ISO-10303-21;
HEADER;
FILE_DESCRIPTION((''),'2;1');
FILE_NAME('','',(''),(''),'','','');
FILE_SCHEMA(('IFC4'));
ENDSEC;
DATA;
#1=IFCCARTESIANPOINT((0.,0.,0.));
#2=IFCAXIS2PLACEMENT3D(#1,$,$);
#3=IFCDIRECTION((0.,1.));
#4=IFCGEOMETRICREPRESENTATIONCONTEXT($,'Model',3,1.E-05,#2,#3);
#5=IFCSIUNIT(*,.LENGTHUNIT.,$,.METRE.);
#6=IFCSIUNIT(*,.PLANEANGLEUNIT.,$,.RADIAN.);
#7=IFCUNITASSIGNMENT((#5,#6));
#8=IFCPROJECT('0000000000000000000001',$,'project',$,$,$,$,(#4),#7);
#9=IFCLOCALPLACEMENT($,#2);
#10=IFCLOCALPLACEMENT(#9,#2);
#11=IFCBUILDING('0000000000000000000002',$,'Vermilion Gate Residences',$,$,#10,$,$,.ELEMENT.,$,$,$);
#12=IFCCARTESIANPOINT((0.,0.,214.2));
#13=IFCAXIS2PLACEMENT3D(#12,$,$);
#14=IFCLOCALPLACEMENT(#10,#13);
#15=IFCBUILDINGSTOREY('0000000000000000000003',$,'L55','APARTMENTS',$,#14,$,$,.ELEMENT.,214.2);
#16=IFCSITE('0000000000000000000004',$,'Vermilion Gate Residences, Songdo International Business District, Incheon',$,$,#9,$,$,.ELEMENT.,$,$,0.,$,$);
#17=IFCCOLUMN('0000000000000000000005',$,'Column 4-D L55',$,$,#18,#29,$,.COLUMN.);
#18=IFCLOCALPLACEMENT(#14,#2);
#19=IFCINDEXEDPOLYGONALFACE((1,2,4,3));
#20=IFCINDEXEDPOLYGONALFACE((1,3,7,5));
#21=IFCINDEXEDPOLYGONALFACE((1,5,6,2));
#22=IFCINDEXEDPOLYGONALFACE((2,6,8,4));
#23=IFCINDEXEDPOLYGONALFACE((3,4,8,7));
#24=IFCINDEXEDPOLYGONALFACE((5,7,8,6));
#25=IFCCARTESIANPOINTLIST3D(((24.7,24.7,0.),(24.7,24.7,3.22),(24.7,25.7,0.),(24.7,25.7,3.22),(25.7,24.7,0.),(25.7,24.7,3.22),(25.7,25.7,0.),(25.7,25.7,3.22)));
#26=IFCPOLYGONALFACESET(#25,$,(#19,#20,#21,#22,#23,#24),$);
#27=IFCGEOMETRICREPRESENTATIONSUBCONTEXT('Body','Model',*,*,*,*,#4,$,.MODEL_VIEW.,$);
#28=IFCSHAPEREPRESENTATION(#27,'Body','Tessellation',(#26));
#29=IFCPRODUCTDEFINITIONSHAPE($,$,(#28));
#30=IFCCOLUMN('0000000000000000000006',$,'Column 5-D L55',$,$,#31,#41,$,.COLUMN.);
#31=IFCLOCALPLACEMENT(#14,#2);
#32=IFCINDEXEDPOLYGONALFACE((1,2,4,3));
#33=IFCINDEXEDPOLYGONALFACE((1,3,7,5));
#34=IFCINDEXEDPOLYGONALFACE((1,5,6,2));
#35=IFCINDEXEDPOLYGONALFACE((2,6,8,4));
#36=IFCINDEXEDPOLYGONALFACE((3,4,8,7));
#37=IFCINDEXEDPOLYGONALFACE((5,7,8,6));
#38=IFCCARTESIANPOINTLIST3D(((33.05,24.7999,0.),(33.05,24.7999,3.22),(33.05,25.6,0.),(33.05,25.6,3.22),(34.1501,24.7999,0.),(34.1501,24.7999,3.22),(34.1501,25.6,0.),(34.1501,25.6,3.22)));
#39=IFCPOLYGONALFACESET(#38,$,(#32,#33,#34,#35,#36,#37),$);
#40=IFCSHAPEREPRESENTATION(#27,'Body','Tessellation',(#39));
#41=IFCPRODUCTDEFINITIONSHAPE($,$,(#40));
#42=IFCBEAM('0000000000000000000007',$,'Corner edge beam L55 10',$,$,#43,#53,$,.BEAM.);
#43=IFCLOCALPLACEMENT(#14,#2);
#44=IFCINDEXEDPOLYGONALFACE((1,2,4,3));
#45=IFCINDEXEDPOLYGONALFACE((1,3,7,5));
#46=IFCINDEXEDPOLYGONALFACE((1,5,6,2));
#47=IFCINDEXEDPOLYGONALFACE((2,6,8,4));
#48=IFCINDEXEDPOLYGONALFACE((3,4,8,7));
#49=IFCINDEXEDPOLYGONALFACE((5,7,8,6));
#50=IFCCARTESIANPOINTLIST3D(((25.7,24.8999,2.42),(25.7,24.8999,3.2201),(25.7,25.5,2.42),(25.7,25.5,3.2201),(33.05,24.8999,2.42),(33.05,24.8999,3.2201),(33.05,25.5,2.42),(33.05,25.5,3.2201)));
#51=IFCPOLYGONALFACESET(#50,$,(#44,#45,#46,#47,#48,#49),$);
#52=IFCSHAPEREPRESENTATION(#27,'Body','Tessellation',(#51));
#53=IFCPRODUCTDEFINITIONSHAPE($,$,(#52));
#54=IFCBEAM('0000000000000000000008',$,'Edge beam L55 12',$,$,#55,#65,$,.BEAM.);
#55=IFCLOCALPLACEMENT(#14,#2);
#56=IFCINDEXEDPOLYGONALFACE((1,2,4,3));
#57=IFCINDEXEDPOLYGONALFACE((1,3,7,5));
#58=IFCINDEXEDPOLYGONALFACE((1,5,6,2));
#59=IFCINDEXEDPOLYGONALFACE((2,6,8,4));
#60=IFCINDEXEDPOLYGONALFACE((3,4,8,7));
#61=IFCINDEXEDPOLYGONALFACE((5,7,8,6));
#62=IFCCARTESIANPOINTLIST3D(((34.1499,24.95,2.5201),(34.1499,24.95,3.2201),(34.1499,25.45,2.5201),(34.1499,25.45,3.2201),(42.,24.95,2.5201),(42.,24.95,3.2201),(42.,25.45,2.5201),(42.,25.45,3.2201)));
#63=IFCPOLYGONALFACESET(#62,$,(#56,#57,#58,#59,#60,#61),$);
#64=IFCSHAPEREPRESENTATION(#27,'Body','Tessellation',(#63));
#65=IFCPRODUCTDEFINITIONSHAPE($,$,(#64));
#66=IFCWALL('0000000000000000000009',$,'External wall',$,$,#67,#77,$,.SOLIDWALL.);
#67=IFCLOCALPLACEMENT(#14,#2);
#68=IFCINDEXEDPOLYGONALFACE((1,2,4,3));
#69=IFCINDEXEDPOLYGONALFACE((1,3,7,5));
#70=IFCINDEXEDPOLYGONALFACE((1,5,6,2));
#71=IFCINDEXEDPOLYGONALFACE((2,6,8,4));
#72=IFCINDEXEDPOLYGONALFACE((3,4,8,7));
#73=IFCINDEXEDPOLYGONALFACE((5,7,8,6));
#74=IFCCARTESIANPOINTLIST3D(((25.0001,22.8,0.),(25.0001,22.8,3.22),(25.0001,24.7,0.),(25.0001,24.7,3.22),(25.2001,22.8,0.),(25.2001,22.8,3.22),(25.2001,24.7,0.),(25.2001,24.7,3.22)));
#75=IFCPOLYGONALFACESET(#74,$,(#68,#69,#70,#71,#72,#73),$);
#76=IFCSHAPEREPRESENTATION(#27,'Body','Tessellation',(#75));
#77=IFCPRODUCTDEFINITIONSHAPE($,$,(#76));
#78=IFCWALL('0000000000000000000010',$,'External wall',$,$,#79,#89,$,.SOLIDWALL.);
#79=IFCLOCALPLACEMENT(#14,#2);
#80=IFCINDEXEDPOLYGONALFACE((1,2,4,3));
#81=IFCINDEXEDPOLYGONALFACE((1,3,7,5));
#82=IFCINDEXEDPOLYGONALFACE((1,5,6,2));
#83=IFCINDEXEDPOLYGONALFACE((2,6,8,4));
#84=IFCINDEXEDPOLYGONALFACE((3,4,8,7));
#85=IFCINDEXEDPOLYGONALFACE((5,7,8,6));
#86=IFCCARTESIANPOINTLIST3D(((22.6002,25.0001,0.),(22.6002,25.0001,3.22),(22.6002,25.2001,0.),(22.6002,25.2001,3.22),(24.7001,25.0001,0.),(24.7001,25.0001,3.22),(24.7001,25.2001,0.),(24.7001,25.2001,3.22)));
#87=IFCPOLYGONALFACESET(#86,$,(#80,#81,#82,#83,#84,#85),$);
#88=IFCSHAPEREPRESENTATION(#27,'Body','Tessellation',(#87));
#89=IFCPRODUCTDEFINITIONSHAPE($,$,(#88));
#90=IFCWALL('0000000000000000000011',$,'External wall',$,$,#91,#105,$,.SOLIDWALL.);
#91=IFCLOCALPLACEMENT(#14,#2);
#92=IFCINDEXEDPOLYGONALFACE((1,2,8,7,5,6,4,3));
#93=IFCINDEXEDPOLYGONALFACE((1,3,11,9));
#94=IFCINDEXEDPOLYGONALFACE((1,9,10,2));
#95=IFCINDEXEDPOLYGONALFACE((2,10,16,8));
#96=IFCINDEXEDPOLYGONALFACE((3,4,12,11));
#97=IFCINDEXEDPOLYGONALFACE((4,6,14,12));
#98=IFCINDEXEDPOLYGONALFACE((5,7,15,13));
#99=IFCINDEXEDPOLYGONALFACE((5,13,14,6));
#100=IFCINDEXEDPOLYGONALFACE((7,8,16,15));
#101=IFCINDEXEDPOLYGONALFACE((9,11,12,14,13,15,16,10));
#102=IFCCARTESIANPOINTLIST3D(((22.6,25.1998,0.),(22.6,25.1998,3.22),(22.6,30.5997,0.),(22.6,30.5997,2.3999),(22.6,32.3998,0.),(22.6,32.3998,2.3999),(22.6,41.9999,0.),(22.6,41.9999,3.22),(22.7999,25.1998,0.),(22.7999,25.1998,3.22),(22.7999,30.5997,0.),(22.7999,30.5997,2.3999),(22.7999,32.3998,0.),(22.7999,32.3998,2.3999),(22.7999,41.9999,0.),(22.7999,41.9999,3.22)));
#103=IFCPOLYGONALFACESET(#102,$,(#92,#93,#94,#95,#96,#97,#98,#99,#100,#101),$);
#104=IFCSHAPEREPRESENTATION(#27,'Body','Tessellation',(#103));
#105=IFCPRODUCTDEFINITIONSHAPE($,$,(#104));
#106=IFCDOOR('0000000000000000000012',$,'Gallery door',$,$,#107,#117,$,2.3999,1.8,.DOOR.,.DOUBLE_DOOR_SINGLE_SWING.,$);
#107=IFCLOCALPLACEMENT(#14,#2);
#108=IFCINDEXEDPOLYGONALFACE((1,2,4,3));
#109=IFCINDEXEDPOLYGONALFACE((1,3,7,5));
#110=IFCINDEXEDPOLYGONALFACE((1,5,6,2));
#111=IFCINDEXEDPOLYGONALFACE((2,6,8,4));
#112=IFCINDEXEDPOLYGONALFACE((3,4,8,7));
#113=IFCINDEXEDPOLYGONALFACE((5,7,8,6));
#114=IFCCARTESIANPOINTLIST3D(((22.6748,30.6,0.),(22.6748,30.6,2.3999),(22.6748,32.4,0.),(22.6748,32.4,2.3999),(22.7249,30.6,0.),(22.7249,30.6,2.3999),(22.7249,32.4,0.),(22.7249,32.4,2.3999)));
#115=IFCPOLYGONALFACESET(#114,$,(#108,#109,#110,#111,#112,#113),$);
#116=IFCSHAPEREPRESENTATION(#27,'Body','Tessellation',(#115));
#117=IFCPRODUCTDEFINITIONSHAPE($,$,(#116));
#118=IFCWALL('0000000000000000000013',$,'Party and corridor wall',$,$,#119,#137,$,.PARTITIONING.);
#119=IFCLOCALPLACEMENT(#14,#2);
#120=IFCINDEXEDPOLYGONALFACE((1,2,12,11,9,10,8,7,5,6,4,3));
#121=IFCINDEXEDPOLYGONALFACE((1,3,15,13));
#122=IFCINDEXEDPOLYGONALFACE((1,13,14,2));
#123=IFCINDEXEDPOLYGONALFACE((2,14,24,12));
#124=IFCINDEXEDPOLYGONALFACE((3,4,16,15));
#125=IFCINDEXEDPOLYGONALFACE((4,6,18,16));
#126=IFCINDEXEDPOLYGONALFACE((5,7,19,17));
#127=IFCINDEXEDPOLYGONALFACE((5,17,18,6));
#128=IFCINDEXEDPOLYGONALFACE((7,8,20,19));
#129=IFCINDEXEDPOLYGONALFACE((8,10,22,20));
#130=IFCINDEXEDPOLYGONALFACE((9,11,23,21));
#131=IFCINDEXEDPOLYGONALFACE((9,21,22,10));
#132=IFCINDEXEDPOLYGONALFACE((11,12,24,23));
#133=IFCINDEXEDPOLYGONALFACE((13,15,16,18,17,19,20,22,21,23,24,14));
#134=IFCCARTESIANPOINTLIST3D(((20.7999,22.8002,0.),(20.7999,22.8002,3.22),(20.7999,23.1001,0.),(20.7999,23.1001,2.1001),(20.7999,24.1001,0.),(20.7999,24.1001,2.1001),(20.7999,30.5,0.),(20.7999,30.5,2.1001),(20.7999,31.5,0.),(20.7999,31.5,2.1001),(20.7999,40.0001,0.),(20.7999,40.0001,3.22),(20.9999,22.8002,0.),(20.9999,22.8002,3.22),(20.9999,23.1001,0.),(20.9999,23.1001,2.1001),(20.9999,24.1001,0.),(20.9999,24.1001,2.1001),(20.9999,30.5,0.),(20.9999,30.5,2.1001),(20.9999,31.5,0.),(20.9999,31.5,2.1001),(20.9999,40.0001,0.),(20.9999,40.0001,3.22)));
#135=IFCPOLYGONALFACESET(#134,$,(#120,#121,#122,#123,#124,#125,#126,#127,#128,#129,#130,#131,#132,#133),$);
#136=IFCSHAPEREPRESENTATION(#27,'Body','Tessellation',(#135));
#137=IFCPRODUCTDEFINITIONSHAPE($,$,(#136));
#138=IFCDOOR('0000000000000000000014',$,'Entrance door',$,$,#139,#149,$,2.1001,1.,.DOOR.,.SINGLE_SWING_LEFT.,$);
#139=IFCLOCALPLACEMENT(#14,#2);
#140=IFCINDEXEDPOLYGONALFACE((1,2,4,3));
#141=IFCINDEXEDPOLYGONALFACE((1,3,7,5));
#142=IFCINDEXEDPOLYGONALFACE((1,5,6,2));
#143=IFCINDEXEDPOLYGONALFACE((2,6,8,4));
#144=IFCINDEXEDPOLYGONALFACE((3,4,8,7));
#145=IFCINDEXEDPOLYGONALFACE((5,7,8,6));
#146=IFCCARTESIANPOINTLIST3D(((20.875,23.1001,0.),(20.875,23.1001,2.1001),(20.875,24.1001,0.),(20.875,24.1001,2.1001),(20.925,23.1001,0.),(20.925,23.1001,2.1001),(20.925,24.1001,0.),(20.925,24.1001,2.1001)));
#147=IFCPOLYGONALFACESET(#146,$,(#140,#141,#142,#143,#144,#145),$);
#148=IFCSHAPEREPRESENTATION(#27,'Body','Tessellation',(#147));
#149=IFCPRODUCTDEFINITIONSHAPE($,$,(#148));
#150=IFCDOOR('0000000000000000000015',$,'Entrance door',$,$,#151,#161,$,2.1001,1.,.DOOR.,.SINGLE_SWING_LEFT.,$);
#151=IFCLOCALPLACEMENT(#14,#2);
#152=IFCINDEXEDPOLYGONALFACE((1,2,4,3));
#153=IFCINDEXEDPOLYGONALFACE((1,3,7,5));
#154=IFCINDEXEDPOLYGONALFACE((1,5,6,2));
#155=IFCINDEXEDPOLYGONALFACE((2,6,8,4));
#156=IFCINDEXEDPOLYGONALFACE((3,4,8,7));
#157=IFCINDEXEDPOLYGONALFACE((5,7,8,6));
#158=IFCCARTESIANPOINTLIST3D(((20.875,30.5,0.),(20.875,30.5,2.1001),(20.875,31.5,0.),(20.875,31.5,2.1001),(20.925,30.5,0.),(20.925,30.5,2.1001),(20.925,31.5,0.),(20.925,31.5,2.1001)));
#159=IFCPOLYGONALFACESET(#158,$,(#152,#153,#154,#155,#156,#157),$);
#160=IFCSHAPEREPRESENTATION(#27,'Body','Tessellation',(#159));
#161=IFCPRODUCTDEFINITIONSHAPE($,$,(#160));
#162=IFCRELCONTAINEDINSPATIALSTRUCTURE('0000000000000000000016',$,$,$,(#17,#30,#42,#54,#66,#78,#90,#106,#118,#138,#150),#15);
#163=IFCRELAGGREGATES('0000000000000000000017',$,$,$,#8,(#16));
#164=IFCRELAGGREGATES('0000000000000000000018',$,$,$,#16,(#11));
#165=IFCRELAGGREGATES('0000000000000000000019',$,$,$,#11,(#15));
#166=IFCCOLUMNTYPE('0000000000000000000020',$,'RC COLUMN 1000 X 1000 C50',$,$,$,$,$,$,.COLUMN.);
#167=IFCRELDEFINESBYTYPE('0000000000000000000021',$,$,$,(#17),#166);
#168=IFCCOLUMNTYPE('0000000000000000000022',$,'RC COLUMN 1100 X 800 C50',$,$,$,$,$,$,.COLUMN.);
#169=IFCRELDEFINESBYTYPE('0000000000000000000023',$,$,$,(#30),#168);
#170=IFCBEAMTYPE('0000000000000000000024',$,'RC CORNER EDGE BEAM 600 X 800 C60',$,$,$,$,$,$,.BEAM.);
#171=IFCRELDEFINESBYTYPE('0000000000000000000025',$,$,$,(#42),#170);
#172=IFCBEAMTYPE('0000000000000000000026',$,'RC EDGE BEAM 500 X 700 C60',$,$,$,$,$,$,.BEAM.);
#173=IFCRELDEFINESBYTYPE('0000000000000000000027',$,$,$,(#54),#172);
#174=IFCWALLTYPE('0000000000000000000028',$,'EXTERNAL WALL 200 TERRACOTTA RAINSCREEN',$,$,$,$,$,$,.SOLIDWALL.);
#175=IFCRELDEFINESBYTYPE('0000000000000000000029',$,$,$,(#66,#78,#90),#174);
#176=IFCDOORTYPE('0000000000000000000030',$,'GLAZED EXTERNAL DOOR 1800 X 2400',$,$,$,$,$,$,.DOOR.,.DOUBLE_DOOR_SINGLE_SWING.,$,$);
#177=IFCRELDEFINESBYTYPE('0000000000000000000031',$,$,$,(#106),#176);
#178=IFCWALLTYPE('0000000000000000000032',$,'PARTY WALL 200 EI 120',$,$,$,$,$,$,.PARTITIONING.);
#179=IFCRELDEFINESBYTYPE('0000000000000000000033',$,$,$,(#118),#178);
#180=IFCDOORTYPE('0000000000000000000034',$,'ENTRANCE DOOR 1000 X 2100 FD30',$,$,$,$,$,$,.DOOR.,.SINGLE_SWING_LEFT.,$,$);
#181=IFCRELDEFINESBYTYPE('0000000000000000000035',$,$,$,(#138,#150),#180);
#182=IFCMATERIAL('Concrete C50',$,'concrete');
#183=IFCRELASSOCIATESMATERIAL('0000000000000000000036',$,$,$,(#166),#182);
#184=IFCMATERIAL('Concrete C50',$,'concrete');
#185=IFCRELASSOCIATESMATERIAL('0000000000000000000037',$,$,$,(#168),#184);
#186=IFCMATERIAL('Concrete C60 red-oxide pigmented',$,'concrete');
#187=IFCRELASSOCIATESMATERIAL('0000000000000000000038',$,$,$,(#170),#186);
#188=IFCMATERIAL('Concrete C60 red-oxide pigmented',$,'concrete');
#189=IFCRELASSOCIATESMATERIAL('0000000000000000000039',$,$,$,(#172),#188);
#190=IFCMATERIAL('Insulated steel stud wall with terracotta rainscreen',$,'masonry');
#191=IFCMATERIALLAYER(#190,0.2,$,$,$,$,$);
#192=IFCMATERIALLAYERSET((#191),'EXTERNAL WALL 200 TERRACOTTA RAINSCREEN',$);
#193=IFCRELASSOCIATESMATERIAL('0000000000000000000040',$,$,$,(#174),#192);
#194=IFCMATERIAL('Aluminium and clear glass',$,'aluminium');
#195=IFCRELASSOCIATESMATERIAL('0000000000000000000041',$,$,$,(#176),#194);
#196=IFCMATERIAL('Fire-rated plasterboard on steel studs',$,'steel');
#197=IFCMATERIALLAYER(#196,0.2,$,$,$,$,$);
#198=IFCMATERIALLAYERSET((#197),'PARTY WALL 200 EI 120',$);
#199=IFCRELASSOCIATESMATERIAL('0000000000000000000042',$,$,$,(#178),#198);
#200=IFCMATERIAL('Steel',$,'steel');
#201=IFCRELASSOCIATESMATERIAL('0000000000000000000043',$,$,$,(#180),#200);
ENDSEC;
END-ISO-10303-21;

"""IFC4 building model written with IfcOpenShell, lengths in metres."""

from ifc_helpers import new_model, si_unit, direction, frame, frame_2d, origin, origin_2d, place, context, subcontext, project, spatial, rectangle, extrude, material, layer, layer_set, material_profile, profile_set, type_object, element, fill, save


model = new_model("IFC4")

# Units and contexts
model_context = context("Model", 3, precision=1e-05, world=origin(), true_north=direction((0.0, 1.0)))
body_context = subcontext(model_context, "Body", "Model", "MODEL_VIEW")
ifc_project = project(units=[si_unit("LENGTHUNIT", "METRE"), si_unit("PLANEANGLEUNIT", "RADIAN")], contexts=[model_context])

# Site, building, storey
site_placement = place(None, origin())
site = spatial("IfcSite", under=ifc_project, at=site_placement, Name="Vermilion Gate Residences, Songdo International Business District, Incheon", CompositionType="ELEMENT", RefElevation=0.0)
building_placement = place(site_placement, origin())
building = spatial("IfcBuilding", under=site, at=building_placement, Name="Vermilion Gate Residences", CompositionType="ELEMENT")
storey_placement = place(building_placement, frame((0.0, 0.0, 214.2)))
storey = spatial("IfcBuildingStorey", under=building, at=storey_placement, Name="L55", Description="APARTMENTS", CompositionType="ELEMENT", Elevation=214.2)

# Columns
ifc_material_1 = material(Name="Concrete C50", Category="concrete")
ifc_material_profile_1 = material_profile(ifc_material_1, rectangle(XDim=1.0, YDim=1.0, at=origin_2d()), Name="RC-1000x1000")
ifc_profile_set_1 = profile_set([ifc_material_profile_1], Name="Concrete C50")
column_type_1 = type_object("IfcColumnType", Name="RC COLUMN 1000 X 1000 C50", PredefinedType="COLUMN", material=ifc_profile_set_1)
column_1_placement = place(storey_placement, frame((25.2, 25.2, 0.0), z_axis=(0.0, 0.0, 1.0), x_axis=(1.0, 0.0, 0.0)))
element("IfcColumn", 1, at=column_1_placement, inside=storey, type_object=column_type_1, Name="Column 4-D L55", PredefinedType="COLUMN", context=body_context, shape_type="SweptSolid", body=[
    extrude(rectangle(XDim=1.0, YDim=1.0, at=origin_2d()), origin(), (0.0, 0.0, 1.0), 3.22),
])
ifc_material_2 = material(Name="Concrete C50", Category="concrete")
ifc_material_profile_2 = material_profile(ifc_material_2, rectangle(XDim=1.1001, YDim=0.8, at=origin_2d()), Name="RC-1100x800")
ifc_profile_set_2 = profile_set([ifc_material_profile_2], Name="Concrete C50")
column_type_2 = type_object("IfcColumnType", Name="RC COLUMN 1100 X 800 C50", PredefinedType="COLUMN", material=ifc_profile_set_2)
column_2_placement = place(storey_placement, frame((33.6001, 25.2, 0.0), z_axis=(0.0, 0.0, 1.0), x_axis=(1.0, 0.0, 0.0)))
element("IfcColumn", 2, at=column_2_placement, inside=storey, type_object=column_type_2, Name="Column 5-D L55", PredefinedType="COLUMN", context=body_context, shape_type="SweptSolid", body=[
    extrude(rectangle(XDim=1.1001, YDim=0.8, at=origin_2d()), origin(), (0.0, 0.0, 1.0), 3.22),
])

# Beams
ifc_material_3 = material(Name="Concrete C60 red-oxide pigmented", Category="concrete")
ifc_material_profile_3 = material_profile(ifc_material_3, rectangle(XDim=0.6001, YDim=0.8, at=origin_2d()), Name="RC-600x800")
ifc_profile_set_3 = profile_set([ifc_material_profile_3], Name="Concrete C60 red-oxide pigmented")
beam_type_1 = type_object("IfcBeamType", Name="RC CORNER EDGE BEAM 600 X 800 C60", PredefinedType="BEAM", material=ifc_profile_set_3)
beam_1_placement = place(storey_placement, frame((25.7, 25.2, 2.8201), z_axis=(1.0, 0.0, 0.0), x_axis=(0.0, 1.0, 0.0)))
element("IfcBeam", 3, at=beam_1_placement, inside=storey, type_object=beam_type_1, Name="Corner edge beam L55 10", PredefinedType="BEAM", context=body_context, shape_type="SweptSolid", body=[
    extrude(rectangle(XDim=0.6001, YDim=0.8, at=origin_2d()), origin(), (0.0, 0.0, 1.0), 7.3501),
])
ifc_material_4 = material(Name="Concrete C60 red-oxide pigmented", Category="concrete")
ifc_material_profile_4 = material_profile(ifc_material_4, rectangle(XDim=0.5, YDim=0.7, at=origin_2d()), Name="RC-500x700")
ifc_profile_set_4 = profile_set([ifc_material_profile_4], Name="Concrete C60 red-oxide pigmented")
beam_type_2 = type_object("IfcBeamType", Name="RC EDGE BEAM 500 X 700 C60", PredefinedType="BEAM", material=ifc_profile_set_4)
beam_2_placement = place(storey_placement, frame((34.1499, 25.2, 2.8701), z_axis=(1.0, 0.0, 0.0), x_axis=(0.0, 1.0, 0.0)))
element("IfcBeam", 4, at=beam_2_placement, inside=storey, type_object=beam_type_2, Name="Edge beam L55 12", PredefinedType="BEAM", context=body_context, shape_type="SweptSolid", body=[
    extrude(rectangle(XDim=0.5, YDim=0.7, at=origin_2d()), origin(), (0.0, 0.0, 1.0), 7.8501),
])

# Walls
ifc_material_5 = material(Name="Insulated steel stud wall with terracotta rainscreen", Category="masonry")
ifc_layer_1 = layer(ifc_material_5, 0.2)
ifc_layer_set_1 = layer_set([ifc_layer_1], Name="EXTERNAL WALL 200 TERRACOTTA RAINSCREEN")
wall_type_1 = type_object("IfcWallType", Name="EXTERNAL WALL 200 TERRACOTTA RAINSCREEN", PredefinedType="SOLIDWALL", material=ifc_layer_set_1)
wall_1_placement = place(storey_placement, frame((25.1001, 22.8, 0.0), z_axis=(0.0, 0.0, 1.0), x_axis=(0.0, 1.0, 0.0)))
element("IfcWall", 5, at=wall_1_placement, inside=storey, type_object=wall_type_1, Name="External wall", PredefinedType="SOLIDWALL", context=body_context, shape_type="SweptSolid", body=[
    extrude(rectangle(XDim=1.8999, YDim=0.2, at=frame_2d((0.95, 0.0))), origin(), (0.0, 0.0, 1.0), 3.22),
])
wall_2_placement = place(storey_placement, frame((24.7, 25.1001, 0.0), z_axis=(0.0, 0.0, 1.0), x_axis=(-1.0, 0.0, 0.0)))
element("IfcWall", 6, at=wall_2_placement, inside=storey, type_object=wall_type_1, Name="External wall", PredefinedType="SOLIDWALL", context=body_context, shape_type="SweptSolid", body=[
    extrude(rectangle(XDim=2.0999, YDim=0.2, at=frame_2d((1.0498, 0.0))), origin(), (0.0, 0.0, 1.0), 3.22),
])

# Wall, opening, door
wall_3_placement = place(storey_placement, frame((22.7, 25.2, 0.0), z_axis=(0.0, 0.0, 1.0), x_axis=(0.0, 1.0, 0.0)))
wall_3 = element("IfcWall", 7, at=wall_3_placement, inside=storey, type_object=wall_type_1, Name="External wall", PredefinedType="SOLIDWALL", context=body_context, shape_type="SweptSolid", body=[
    extrude(rectangle(XDim=16.8, YDim=0.2, at=frame_2d((8.3999, 0.0))), origin(), (0.0, 0.0, 1.0), 3.22),
])
opening_1_placement = place(wall_3_placement, frame((5.3999, 0.0, 0.0)))
opening_1 = element("IfcOpeningElement", 8, at=opening_1_placement, cuts=wall_3, PredefinedType="OPENING", context=body_context, shape_type="SweptSolid", body=[
    extrude(rectangle(XDim=1.8, YDim=2.3999, at=frame_2d((0.8999, 1.2))), frame((0.0, 0.1099, 0.0), z_axis=(0.0, -1.0, 0.0), x_axis=(1.0, 0.0, 0.0)), (0.0, 0.0, 1.0), 0.22),
])
ifc_material_6 = material(Name="Aluminium and clear glass", Category="aluminium")
door_type_1 = type_object("IfcDoorType", Name="GLAZED EXTERNAL DOOR 1800 X 2400", OperationType="DOUBLE_DOOR_SINGLE_SWING", PredefinedType="DOOR", material=ifc_material_6)
door_1_placement = place(opening_1_placement, frame((1.8, 0.0, 0.0), z_axis=(0.0, 0.0, 1.0), x_axis=(-1.0, 0.0, 0.0)))
door_1 = element("IfcDoor", 9, at=door_1_placement, inside=storey, type_object=door_type_1, Name="Gallery door", OperationType="DOUBLE_DOOR_SINGLE_SWING", OverallHeight=2.3999, OverallWidth=1.8, PredefinedType="DOOR", context=body_context, shape_type="SweptSolid", body=[
    extrude(rectangle(XDim=1.8, YDim=2.3999, at=frame_2d((0.8999, 1.2))), frame((0.0, 0.0249, 0.0), z_axis=(0.0, -1.0, 0.0), x_axis=(1.0, 0.0, 0.0)), (0.0, 0.0, 1.0), 0.05),
])
fill(opening_1, door_1)

# Wall, openings, doors
ifc_material_7 = material(Name="Fire-rated plasterboard on steel studs", Category="steel")
ifc_layer_2 = layer(ifc_material_7, 0.2)
ifc_layer_set_2 = layer_set([ifc_layer_2], Name="PARTY WALL 200 EI 120")
wall_type_2 = type_object("IfcWallType", Name="PARTY WALL 200 EI 120", PredefinedType="PARTITIONING", material=ifc_layer_set_2)
wall_4_placement = place(storey_placement, frame((20.8999, 22.8, 0.0), z_axis=(0.0, 0.0, 1.0), x_axis=(0.0, 1.0, 0.0)))
wall_4 = element("IfcWall", 10, at=wall_4_placement, inside=storey, type_object=wall_type_2, Name="Party and corridor wall", PredefinedType="PARTITIONING", context=body_context, shape_type="SweptSolid", body=[
    extrude(rectangle(XDim=17.2, YDim=0.2, at=frame_2d((8.6001, 0.0))), origin(), (0.0, 0.0, 1.0), 3.22),
])
opening_2_placement = place(wall_4_placement, frame((0.3, 0.0, 0.0)))
opening_2 = element("IfcOpeningElement", 11, at=opening_2_placement, cuts=wall_4, PredefinedType="OPENING", context=body_context, shape_type="SweptSolid", body=[
    extrude(rectangle(XDim=1.0, YDim=2.1001, at=frame_2d((0.5, 1.05))), frame((0.0, 0.1099, 0.0), z_axis=(0.0, -1.0, 0.0), x_axis=(1.0, 0.0, 0.0)), (0.0, 0.0, 1.0), 0.22),
])
opening_3_placement = place(wall_4_placement, frame((7.7, 0.0, 0.0)))
opening_3 = element("IfcOpeningElement", 12, at=opening_3_placement, cuts=wall_4, PredefinedType="OPENING", context=body_context, shape_type="SweptSolid", body=[
    extrude(rectangle(XDim=1.0, YDim=2.1001, at=frame_2d((0.5, 1.05))), frame((0.0, 0.1099, 0.0), z_axis=(0.0, -1.0, 0.0), x_axis=(1.0, 0.0, 0.0)), (0.0, 0.0, 1.0), 0.22),
])
ifc_material_8 = material(Name="Steel", Category="steel")
door_type_2 = type_object("IfcDoorType", Name="ENTRANCE DOOR 1000 X 2100 FD30", OperationType="SINGLE_SWING_LEFT", PredefinedType="DOOR", material=ifc_material_8)
door_2_placement = place(opening_2_placement, origin())
door_2 = element("IfcDoor", 13, at=door_2_placement, inside=storey, type_object=door_type_2, Name="Entrance door", OperationType="SINGLE_SWING_LEFT", OverallHeight=2.1001, OverallWidth=1.0, PredefinedType="DOOR", context=body_context, shape_type="SweptSolid", body=[
    extrude(rectangle(XDim=1.0, YDim=2.1001, at=frame_2d((0.5, 1.05))), frame((0.0, 0.0249, 0.0), z_axis=(0.0, -1.0, 0.0), x_axis=(1.0, 0.0, 0.0)), (0.0, 0.0, 1.0), 0.05),
])
fill(opening_2, door_2)
door_3_placement = place(opening_3_placement, origin())
door_3 = element("IfcDoor", 14, at=door_3_placement, inside=storey, type_object=door_type_2, Name="Entrance door", OperationType="SINGLE_SWING_LEFT", OverallHeight=2.1001, OverallWidth=1.0, PredefinedType="DOOR", context=body_context, shape_type="SweptSolid", body=[
    extrude(rectangle(XDim=1.0, YDim=2.1001, at=frame_2d((0.5, 1.05))), frame((0.0, 0.0249, 0.0), z_axis=(0.0, -1.0, 0.0), x_axis=(1.0, 0.0, 0.0)), (0.0, 0.0, 1.0), 0.05),
])
fill(opening_3, door_3)

save(model, "model.ifc")
